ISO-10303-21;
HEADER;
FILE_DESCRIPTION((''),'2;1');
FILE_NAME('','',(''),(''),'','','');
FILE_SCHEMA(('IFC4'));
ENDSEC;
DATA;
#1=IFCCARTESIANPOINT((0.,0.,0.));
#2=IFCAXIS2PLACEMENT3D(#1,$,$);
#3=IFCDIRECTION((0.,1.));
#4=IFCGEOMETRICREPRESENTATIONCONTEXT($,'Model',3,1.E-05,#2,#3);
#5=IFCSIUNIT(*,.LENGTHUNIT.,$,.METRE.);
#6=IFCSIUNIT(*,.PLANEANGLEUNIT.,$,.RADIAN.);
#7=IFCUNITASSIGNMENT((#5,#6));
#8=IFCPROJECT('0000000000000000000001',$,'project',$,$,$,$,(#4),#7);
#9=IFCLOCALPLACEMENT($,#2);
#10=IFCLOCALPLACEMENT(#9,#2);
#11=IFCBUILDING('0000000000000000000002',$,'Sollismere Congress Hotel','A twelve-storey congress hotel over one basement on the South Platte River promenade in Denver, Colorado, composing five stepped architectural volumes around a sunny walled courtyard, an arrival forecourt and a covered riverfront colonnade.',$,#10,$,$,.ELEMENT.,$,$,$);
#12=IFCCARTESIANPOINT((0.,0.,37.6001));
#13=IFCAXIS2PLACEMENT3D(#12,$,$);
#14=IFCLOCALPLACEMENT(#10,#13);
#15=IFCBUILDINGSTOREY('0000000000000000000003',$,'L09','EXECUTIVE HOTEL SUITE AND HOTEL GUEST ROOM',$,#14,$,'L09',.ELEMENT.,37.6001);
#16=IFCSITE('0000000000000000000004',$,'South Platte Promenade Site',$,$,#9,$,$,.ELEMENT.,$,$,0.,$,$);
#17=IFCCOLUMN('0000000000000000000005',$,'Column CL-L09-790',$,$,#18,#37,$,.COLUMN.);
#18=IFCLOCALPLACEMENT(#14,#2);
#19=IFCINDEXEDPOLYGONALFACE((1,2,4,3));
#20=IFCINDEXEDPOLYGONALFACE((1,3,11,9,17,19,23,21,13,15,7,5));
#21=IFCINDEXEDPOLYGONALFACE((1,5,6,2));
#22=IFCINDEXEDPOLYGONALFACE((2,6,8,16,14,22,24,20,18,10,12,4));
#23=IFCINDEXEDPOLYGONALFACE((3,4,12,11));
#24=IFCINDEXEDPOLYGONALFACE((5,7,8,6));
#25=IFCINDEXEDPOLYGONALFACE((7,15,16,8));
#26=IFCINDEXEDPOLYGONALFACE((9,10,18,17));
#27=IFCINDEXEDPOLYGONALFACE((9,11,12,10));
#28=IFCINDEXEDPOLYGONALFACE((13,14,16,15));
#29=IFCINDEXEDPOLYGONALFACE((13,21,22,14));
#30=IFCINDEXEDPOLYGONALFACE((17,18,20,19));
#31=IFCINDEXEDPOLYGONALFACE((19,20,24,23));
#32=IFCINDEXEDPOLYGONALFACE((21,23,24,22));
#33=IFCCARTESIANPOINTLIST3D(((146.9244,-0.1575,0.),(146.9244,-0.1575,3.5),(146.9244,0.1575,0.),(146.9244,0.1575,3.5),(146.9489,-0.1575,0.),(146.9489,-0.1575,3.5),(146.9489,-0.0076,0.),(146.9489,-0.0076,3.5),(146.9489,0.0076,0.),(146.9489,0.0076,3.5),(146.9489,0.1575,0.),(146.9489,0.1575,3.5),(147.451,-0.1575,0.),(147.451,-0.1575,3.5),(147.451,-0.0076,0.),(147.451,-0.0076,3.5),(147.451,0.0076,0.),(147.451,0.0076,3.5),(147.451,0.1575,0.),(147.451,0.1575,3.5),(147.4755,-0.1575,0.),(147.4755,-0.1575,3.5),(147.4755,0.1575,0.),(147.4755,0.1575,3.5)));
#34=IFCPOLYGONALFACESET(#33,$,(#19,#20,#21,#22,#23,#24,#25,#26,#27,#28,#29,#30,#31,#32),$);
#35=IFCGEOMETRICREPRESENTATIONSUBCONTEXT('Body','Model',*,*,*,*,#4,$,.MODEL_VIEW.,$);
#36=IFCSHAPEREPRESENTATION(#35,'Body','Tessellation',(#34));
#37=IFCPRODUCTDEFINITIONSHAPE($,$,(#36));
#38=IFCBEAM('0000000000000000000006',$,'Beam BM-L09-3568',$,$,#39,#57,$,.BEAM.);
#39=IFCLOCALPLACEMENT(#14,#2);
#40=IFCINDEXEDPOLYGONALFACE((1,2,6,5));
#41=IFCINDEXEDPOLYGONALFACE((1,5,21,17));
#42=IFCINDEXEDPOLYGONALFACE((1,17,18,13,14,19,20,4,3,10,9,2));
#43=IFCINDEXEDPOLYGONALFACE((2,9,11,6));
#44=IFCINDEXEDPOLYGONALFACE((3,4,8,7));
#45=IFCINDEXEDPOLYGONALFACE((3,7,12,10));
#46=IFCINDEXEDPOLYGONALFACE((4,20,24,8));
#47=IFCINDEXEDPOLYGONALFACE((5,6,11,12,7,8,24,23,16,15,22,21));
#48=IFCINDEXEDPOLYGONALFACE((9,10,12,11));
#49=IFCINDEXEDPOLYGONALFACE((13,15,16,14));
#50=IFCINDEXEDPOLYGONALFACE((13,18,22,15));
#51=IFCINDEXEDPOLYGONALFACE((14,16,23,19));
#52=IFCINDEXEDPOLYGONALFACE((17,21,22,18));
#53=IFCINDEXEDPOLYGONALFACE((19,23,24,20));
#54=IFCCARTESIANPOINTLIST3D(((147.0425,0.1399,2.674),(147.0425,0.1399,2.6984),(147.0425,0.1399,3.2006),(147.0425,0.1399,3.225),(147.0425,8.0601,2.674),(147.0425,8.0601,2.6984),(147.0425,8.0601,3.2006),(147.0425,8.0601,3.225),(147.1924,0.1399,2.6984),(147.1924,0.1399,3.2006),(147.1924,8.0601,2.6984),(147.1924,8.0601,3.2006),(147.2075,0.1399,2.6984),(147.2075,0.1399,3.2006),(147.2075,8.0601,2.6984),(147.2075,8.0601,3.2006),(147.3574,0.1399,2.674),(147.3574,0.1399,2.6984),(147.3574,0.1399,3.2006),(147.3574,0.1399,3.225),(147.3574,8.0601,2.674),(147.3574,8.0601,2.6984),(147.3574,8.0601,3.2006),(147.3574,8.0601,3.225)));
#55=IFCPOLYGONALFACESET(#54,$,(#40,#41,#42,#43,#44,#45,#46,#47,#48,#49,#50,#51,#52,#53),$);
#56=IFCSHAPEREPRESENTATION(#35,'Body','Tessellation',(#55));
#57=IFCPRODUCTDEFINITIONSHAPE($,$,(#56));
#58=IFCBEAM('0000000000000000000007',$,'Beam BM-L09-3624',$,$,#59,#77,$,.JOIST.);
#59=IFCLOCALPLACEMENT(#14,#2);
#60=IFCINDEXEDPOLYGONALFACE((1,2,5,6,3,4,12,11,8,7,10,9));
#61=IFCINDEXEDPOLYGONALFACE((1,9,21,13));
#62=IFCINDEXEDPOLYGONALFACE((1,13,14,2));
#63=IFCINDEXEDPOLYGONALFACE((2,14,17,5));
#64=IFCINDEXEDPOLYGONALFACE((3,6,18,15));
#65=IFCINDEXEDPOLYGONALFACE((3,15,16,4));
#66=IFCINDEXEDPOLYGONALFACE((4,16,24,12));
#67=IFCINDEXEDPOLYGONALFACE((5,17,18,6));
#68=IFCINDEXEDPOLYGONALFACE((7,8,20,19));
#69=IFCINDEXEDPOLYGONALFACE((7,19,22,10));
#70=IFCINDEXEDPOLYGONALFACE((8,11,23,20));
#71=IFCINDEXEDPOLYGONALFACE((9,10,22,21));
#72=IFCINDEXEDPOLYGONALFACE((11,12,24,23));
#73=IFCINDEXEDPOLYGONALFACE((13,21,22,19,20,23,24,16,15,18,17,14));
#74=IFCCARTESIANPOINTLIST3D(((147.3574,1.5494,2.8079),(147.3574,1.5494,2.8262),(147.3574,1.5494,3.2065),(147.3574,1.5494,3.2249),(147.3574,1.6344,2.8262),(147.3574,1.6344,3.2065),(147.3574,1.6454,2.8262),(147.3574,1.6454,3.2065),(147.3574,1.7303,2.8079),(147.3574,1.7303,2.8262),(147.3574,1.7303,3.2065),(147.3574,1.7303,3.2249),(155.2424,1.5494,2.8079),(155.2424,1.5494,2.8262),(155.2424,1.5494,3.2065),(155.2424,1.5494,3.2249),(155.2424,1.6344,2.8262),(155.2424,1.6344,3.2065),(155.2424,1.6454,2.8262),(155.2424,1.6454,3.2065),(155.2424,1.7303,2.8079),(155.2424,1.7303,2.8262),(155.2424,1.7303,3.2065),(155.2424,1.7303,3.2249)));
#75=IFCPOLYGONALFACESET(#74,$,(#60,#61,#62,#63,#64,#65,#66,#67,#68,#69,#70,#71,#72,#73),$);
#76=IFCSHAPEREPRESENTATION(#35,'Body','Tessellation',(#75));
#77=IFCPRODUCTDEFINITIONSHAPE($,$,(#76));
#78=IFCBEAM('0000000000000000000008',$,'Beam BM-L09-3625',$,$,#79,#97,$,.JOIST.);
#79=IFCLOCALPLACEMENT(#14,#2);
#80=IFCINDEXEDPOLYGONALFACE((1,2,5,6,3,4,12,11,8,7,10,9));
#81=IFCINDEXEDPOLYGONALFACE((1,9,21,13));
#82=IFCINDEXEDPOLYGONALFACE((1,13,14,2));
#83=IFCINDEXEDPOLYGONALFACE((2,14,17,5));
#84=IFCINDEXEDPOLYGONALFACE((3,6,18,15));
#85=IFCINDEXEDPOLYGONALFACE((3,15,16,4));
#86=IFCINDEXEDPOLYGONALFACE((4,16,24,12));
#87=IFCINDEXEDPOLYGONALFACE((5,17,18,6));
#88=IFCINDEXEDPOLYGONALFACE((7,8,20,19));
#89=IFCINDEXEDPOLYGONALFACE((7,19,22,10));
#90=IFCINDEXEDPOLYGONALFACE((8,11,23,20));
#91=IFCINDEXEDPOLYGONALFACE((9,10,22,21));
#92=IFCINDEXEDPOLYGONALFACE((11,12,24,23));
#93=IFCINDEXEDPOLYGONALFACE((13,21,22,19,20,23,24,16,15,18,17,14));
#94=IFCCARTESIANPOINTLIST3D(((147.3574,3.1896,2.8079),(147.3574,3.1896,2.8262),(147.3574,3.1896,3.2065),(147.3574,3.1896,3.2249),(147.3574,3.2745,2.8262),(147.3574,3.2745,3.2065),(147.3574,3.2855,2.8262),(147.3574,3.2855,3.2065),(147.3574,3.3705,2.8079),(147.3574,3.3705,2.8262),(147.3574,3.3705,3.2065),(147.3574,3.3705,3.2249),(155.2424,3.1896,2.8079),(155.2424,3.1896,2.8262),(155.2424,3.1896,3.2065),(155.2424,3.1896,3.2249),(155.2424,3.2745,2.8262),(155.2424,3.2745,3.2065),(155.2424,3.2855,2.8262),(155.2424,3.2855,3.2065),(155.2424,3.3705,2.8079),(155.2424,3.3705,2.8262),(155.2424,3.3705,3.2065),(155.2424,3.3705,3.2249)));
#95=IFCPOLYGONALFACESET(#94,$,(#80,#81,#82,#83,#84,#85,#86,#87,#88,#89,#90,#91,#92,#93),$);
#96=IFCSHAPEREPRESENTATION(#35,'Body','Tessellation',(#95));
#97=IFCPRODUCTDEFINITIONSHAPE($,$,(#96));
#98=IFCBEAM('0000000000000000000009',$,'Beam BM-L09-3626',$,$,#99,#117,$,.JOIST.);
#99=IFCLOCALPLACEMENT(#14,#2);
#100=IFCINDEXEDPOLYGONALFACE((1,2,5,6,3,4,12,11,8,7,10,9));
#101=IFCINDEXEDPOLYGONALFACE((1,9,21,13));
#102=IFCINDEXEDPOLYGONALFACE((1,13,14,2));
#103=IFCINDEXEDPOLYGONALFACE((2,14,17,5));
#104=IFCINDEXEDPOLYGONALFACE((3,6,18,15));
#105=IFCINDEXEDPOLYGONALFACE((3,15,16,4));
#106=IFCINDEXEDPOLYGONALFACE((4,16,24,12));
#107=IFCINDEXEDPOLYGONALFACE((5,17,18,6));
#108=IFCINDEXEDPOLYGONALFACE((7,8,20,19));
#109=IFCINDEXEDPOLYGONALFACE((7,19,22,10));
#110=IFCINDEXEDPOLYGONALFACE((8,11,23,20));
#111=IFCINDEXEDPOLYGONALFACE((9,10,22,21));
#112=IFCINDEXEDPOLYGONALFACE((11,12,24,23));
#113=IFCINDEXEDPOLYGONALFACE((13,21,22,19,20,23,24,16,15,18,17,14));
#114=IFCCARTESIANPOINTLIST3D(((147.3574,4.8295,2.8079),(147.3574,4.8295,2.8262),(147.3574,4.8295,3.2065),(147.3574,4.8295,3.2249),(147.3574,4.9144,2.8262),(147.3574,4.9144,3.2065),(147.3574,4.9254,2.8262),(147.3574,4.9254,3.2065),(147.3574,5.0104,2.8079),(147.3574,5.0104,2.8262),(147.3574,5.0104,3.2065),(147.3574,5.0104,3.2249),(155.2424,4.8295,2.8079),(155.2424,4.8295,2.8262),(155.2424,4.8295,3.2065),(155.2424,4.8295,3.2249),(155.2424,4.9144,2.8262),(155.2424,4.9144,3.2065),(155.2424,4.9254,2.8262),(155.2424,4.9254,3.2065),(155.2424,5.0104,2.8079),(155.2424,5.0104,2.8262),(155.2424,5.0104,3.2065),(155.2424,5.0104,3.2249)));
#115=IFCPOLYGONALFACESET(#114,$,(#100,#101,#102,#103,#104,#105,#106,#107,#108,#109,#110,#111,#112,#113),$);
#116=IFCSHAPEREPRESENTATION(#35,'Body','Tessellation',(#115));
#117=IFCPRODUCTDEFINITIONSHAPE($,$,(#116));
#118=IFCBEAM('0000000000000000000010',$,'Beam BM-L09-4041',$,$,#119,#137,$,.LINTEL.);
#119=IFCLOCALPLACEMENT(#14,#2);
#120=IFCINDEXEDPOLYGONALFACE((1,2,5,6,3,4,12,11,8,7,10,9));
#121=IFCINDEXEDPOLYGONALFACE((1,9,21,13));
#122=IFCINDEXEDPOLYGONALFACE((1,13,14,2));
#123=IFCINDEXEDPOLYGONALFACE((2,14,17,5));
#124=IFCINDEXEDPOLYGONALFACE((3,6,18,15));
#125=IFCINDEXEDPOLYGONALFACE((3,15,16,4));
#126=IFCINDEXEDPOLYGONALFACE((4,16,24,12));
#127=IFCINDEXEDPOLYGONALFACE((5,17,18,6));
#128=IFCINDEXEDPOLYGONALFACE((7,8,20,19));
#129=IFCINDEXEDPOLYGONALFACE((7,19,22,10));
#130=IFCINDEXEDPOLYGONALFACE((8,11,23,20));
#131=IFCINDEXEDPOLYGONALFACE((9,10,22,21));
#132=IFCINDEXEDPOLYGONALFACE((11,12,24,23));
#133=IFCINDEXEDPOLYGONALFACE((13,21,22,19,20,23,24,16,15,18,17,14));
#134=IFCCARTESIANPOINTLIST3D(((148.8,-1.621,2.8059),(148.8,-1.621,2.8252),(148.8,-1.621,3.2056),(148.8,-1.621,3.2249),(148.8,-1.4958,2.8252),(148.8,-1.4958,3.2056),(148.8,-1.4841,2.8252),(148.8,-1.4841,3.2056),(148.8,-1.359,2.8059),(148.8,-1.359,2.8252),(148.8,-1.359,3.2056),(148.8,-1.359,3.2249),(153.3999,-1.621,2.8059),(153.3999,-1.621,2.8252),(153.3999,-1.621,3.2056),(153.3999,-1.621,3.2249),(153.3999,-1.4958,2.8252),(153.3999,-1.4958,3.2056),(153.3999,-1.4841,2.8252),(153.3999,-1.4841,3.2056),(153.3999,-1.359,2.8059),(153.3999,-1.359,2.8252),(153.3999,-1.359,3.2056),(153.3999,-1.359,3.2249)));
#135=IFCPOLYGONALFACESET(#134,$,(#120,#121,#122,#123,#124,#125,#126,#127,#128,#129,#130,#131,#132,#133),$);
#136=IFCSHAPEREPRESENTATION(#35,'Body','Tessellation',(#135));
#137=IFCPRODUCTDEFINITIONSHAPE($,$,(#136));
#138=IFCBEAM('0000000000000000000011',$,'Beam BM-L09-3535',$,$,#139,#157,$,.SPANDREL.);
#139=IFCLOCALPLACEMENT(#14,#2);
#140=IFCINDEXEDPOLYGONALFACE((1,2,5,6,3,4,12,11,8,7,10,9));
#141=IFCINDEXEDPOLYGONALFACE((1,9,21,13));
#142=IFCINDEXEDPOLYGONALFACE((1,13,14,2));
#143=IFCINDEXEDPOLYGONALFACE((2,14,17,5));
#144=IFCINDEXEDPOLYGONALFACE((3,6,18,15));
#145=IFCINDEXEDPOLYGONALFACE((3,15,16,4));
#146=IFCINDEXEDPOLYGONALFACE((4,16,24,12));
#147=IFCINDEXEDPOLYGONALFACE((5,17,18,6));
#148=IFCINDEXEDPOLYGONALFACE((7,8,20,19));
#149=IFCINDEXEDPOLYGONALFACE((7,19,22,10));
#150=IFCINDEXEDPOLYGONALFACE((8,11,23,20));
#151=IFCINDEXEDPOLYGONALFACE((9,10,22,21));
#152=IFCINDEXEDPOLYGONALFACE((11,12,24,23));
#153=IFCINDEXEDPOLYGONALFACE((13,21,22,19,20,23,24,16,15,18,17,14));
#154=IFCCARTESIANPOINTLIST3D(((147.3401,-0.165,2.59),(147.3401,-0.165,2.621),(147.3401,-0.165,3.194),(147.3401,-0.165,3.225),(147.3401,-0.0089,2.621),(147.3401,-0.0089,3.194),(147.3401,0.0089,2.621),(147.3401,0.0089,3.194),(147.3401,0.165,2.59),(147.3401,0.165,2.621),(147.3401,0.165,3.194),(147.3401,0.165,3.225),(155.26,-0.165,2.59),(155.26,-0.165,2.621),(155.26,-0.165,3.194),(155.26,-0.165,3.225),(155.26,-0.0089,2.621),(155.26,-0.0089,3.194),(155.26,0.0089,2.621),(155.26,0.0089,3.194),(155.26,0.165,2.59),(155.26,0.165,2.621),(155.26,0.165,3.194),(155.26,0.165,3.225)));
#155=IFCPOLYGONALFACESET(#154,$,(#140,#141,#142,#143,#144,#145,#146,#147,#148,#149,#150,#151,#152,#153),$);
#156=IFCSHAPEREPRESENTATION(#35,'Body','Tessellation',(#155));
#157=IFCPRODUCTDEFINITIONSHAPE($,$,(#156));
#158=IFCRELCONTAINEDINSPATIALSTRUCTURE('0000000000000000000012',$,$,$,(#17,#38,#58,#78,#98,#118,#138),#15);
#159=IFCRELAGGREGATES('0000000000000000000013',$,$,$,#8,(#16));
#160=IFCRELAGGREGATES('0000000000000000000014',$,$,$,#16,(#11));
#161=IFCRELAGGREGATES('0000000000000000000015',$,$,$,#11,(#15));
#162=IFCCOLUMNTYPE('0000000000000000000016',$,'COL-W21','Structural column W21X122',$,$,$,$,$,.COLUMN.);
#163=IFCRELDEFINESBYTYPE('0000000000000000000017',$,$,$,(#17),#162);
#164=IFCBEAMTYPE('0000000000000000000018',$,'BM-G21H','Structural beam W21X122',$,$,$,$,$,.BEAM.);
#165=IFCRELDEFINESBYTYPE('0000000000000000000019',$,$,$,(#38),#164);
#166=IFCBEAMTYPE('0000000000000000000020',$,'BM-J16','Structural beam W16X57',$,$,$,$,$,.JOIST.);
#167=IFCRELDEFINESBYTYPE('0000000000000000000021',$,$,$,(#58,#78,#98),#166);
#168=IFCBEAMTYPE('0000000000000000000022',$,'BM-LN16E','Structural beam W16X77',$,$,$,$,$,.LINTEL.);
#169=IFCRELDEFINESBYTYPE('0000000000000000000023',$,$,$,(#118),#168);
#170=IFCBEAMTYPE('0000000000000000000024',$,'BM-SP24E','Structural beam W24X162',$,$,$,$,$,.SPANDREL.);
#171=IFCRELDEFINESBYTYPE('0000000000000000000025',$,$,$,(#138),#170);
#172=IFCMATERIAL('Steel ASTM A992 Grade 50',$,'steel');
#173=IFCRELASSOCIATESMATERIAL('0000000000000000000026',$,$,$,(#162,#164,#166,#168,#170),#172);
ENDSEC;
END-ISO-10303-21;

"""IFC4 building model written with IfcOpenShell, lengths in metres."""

from ifc_helpers import new_model, si_unit, direction, frame, origin, origin_2d, place, context, subcontext, project, spatial, i_section, extrude, material, material_profile, profile_set, type_object, element, save


model = new_model("IFC4")

# Units and contexts
model_context = context("Model", 3, precision=1e-05, world=origin(), true_north=direction((0.0, 1.0)))
body_context = subcontext(model_context, "Body", "Model", "MODEL_VIEW")
ifc_project = project(units=[si_unit("LENGTHUNIT", "METRE"), si_unit("PLANEANGLEUNIT", "RADIAN")], contexts=[model_context])

# Site, building, storey
site_placement = place(None, origin())
site = spatial("IfcSite", under=ifc_project, at=site_placement, Name="South Platte Promenade Site", CompositionType="ELEMENT", RefElevation=0.0)
building_placement = place(site_placement, origin())
building = spatial("IfcBuilding", under=site, at=building_placement, Name="Sollismere Congress Hotel", Description="A twelve-storey congress hotel over one basement on the South Platte River promenade in Denver, Colorado, composing five stepped architectural volumes around a sunny walled courtyard, an arrival forecourt and a covered riverfront colonnade.", CompositionType="ELEMENT")
storey_placement = place(building_placement, frame((0.0, 0.0, 37.6001)))
storey = spatial("IfcBuildingStorey", under=building, at=storey_placement, Name="L09", Description="EXECUTIVE HOTEL SUITE AND HOTEL GUEST ROOM", LongName="L09", CompositionType="ELEMENT", Elevation=37.6001)

# Column
ifc_material_1 = material(Name="Steel ASTM A992 Grade 50", Category="steel")
ifc_material_profile_1 = material_profile(ifc_material_1, i_section(OverallWidth=0.3149, OverallDepth=0.551, WebThickness=0.0151, FlangeThickness=0.0244, at=origin_2d()), Name="W21X122")
ifc_profile_set_1 = profile_set([ifc_material_profile_1], Name="Steel ASTM A992 Grade 50")
column_type = type_object("IfcColumnType", Name="COL-W21", Description="Structural column W21X122", PredefinedType="COLUMN", material=ifc_profile_set_1)
column_placement = place(storey_placement, frame((147.2, 0.0, 0.0), z_axis=(0.0, 0.0, 1.0), x_axis=(0.0, 1.0, 0.0)))
element("IfcColumn", 1, at=column_placement, inside=storey, type_object=column_type, Name="Column CL-L09-790", PredefinedType="COLUMN", context=body_context, shape_type="SweptSolid", body=[
    extrude(i_section(OverallWidth=0.3149, OverallDepth=0.551, WebThickness=0.0151, FlangeThickness=0.0244, at=origin_2d()), origin(), (0.0, 0.0, 1.0), 3.5),
])

# Beams
ifc_material_profile_2 = material_profile(ifc_material_1, i_section(OverallWidth=0.3149, OverallDepth=0.551, WebThickness=0.0151, FlangeThickness=0.0244, at=origin_2d()), Name="W21X122")
ifc_profile_set_2 = profile_set([ifc_material_profile_2], Name="Steel ASTM A992 Grade 50")
beam_type_1 = type_object("IfcBeamType", Name="BM-G21H", Description="Structural beam W21X122", PredefinedType="BEAM", material=ifc_profile_set_2)
beam_1_placement = place(storey_placement, frame((147.2, 0.1399, 2.9495), z_axis=(0.0, 1.0, 0.0), x_axis=(-1.0, 0.0, 0.0)))
element("IfcBeam", 2, at=beam_1_placement, inside=storey, type_object=beam_type_1, Name="Beam BM-L09-3568", PredefinedType="BEAM", context=body_context, shape_type="SweptSolid", body=[
    extrude(i_section(OverallWidth=0.3149, OverallDepth=0.551, WebThickness=0.0151, FlangeThickness=0.0244, at=origin_2d()), origin(), (0.0, 0.0, 1.0), 7.9202),
])
ifc_material_profile_3 = material_profile(ifc_material_1, i_section(OverallWidth=0.1809, OverallDepth=0.417, WebThickness=0.011, FlangeThickness=0.0183, at=origin_2d()), Name="W16X57")
ifc_profile_set_3 = profile_set([ifc_material_profile_3], Name="Steel ASTM A992 Grade 50")
beam_type_2 = type_object("IfcBeamType", Name="BM-J16", Description="Structural beam W16X57", PredefinedType="JOIST", material=ifc_profile_set_3)
for number, where, z_axis, x_axis, name in (
    (3, (147.3574, 1.6399, 3.0164), (1.0, 0.0, 0.0), (0.0, 1.0, 0.0), "Beam BM-L09-3624"),
    (4, (147.3574, 3.28, 3.0164), (1.0, 0.0, 0.0), (0.0, 1.0, 0.0), "Beam BM-L09-3625"),
    (5, (147.3574, 4.9199, 3.0164), (1.0, 0.0, 0.0), (0.0, 1.0, 0.0), "Beam BM-L09-3626"),
):
    element("IfcBeam", number, at=place(storey_placement, frame(where, z_axis=z_axis, x_axis=x_axis)), inside=storey, type_object=beam_type_2, Name=name, PredefinedType="JOIST", context=body_context, shape_type="SweptSolid", body=[
        extrude(i_section(OverallWidth=0.1809, OverallDepth=0.417, WebThickness=0.011, FlangeThickness=0.0183, at=origin_2d()), origin(), (0.0, 0.0, 1.0), 7.885),
    ])
ifc_material_profile_4 = material_profile(ifc_material_1, i_section(OverallWidth=0.262, OverallDepth=0.4189, WebThickness=0.0117, FlangeThickness=0.0193, at=origin_2d()), Name="W16X77")
ifc_profile_set_4 = profile_set([ifc_material_profile_4], Name="Steel ASTM A992 Grade 50")
beam_type_3 = type_object("IfcBeamType", Name="BM-LN16E", Description="Structural beam W16X77", PredefinedType="LINTEL", material=ifc_profile_set_4)
beam_2_placement = place(storey_placement, frame((148.8, -1.49, 3.0154), z_axis=(1.0, 0.0, 0.0), x_axis=(0.0, 1.0, 0.0)))
element("IfcBeam", 6, at=beam_2_placement, inside=storey, type_object=beam_type_3, Name="Beam BM-L09-4041", PredefinedType="LINTEL", context=body_context, shape_type="SweptSolid", body=[
    extrude(i_section(OverallWidth=0.262, OverallDepth=0.4189, WebThickness=0.0117, FlangeThickness=0.0193, at=origin_2d()), origin(), (0.0, 0.0, 1.0), 4.5999),
])
ifc_material_profile_5 = material_profile(ifc_material_1, i_section(OverallWidth=0.3301, OverallDepth=0.635, WebThickness=0.0178, FlangeThickness=0.031, at=origin_2d()), Name="W24X162")
ifc_profile_set_5 = profile_set([ifc_material_profile_5], Name="Steel ASTM A992 Grade 50")
beam_type_4 = type_object("IfcBeamType", Name="BM-SP24E", Description="Structural beam W24X162", PredefinedType="SPANDREL", material=ifc_profile_set_5)
beam_3_placement = place(storey_placement, frame((147.3401, 0.0, 2.9075), z_axis=(1.0, 0.0, 0.0), x_axis=(0.0, 1.0, 0.0)))
element("IfcBeam", 7, at=beam_3_placement, inside=storey, type_object=beam_type_4, Name="Beam BM-L09-3535", PredefinedType="SPANDREL", context=body_context, shape_type="SweptSolid", body=[
    extrude(i_section(OverallWidth=0.3301, OverallDepth=0.635, WebThickness=0.0178, FlangeThickness=0.031, at=origin_2d()), origin(), (0.0, 0.0, 1.0), 7.9199),
])

save(model, "model.ifc")
